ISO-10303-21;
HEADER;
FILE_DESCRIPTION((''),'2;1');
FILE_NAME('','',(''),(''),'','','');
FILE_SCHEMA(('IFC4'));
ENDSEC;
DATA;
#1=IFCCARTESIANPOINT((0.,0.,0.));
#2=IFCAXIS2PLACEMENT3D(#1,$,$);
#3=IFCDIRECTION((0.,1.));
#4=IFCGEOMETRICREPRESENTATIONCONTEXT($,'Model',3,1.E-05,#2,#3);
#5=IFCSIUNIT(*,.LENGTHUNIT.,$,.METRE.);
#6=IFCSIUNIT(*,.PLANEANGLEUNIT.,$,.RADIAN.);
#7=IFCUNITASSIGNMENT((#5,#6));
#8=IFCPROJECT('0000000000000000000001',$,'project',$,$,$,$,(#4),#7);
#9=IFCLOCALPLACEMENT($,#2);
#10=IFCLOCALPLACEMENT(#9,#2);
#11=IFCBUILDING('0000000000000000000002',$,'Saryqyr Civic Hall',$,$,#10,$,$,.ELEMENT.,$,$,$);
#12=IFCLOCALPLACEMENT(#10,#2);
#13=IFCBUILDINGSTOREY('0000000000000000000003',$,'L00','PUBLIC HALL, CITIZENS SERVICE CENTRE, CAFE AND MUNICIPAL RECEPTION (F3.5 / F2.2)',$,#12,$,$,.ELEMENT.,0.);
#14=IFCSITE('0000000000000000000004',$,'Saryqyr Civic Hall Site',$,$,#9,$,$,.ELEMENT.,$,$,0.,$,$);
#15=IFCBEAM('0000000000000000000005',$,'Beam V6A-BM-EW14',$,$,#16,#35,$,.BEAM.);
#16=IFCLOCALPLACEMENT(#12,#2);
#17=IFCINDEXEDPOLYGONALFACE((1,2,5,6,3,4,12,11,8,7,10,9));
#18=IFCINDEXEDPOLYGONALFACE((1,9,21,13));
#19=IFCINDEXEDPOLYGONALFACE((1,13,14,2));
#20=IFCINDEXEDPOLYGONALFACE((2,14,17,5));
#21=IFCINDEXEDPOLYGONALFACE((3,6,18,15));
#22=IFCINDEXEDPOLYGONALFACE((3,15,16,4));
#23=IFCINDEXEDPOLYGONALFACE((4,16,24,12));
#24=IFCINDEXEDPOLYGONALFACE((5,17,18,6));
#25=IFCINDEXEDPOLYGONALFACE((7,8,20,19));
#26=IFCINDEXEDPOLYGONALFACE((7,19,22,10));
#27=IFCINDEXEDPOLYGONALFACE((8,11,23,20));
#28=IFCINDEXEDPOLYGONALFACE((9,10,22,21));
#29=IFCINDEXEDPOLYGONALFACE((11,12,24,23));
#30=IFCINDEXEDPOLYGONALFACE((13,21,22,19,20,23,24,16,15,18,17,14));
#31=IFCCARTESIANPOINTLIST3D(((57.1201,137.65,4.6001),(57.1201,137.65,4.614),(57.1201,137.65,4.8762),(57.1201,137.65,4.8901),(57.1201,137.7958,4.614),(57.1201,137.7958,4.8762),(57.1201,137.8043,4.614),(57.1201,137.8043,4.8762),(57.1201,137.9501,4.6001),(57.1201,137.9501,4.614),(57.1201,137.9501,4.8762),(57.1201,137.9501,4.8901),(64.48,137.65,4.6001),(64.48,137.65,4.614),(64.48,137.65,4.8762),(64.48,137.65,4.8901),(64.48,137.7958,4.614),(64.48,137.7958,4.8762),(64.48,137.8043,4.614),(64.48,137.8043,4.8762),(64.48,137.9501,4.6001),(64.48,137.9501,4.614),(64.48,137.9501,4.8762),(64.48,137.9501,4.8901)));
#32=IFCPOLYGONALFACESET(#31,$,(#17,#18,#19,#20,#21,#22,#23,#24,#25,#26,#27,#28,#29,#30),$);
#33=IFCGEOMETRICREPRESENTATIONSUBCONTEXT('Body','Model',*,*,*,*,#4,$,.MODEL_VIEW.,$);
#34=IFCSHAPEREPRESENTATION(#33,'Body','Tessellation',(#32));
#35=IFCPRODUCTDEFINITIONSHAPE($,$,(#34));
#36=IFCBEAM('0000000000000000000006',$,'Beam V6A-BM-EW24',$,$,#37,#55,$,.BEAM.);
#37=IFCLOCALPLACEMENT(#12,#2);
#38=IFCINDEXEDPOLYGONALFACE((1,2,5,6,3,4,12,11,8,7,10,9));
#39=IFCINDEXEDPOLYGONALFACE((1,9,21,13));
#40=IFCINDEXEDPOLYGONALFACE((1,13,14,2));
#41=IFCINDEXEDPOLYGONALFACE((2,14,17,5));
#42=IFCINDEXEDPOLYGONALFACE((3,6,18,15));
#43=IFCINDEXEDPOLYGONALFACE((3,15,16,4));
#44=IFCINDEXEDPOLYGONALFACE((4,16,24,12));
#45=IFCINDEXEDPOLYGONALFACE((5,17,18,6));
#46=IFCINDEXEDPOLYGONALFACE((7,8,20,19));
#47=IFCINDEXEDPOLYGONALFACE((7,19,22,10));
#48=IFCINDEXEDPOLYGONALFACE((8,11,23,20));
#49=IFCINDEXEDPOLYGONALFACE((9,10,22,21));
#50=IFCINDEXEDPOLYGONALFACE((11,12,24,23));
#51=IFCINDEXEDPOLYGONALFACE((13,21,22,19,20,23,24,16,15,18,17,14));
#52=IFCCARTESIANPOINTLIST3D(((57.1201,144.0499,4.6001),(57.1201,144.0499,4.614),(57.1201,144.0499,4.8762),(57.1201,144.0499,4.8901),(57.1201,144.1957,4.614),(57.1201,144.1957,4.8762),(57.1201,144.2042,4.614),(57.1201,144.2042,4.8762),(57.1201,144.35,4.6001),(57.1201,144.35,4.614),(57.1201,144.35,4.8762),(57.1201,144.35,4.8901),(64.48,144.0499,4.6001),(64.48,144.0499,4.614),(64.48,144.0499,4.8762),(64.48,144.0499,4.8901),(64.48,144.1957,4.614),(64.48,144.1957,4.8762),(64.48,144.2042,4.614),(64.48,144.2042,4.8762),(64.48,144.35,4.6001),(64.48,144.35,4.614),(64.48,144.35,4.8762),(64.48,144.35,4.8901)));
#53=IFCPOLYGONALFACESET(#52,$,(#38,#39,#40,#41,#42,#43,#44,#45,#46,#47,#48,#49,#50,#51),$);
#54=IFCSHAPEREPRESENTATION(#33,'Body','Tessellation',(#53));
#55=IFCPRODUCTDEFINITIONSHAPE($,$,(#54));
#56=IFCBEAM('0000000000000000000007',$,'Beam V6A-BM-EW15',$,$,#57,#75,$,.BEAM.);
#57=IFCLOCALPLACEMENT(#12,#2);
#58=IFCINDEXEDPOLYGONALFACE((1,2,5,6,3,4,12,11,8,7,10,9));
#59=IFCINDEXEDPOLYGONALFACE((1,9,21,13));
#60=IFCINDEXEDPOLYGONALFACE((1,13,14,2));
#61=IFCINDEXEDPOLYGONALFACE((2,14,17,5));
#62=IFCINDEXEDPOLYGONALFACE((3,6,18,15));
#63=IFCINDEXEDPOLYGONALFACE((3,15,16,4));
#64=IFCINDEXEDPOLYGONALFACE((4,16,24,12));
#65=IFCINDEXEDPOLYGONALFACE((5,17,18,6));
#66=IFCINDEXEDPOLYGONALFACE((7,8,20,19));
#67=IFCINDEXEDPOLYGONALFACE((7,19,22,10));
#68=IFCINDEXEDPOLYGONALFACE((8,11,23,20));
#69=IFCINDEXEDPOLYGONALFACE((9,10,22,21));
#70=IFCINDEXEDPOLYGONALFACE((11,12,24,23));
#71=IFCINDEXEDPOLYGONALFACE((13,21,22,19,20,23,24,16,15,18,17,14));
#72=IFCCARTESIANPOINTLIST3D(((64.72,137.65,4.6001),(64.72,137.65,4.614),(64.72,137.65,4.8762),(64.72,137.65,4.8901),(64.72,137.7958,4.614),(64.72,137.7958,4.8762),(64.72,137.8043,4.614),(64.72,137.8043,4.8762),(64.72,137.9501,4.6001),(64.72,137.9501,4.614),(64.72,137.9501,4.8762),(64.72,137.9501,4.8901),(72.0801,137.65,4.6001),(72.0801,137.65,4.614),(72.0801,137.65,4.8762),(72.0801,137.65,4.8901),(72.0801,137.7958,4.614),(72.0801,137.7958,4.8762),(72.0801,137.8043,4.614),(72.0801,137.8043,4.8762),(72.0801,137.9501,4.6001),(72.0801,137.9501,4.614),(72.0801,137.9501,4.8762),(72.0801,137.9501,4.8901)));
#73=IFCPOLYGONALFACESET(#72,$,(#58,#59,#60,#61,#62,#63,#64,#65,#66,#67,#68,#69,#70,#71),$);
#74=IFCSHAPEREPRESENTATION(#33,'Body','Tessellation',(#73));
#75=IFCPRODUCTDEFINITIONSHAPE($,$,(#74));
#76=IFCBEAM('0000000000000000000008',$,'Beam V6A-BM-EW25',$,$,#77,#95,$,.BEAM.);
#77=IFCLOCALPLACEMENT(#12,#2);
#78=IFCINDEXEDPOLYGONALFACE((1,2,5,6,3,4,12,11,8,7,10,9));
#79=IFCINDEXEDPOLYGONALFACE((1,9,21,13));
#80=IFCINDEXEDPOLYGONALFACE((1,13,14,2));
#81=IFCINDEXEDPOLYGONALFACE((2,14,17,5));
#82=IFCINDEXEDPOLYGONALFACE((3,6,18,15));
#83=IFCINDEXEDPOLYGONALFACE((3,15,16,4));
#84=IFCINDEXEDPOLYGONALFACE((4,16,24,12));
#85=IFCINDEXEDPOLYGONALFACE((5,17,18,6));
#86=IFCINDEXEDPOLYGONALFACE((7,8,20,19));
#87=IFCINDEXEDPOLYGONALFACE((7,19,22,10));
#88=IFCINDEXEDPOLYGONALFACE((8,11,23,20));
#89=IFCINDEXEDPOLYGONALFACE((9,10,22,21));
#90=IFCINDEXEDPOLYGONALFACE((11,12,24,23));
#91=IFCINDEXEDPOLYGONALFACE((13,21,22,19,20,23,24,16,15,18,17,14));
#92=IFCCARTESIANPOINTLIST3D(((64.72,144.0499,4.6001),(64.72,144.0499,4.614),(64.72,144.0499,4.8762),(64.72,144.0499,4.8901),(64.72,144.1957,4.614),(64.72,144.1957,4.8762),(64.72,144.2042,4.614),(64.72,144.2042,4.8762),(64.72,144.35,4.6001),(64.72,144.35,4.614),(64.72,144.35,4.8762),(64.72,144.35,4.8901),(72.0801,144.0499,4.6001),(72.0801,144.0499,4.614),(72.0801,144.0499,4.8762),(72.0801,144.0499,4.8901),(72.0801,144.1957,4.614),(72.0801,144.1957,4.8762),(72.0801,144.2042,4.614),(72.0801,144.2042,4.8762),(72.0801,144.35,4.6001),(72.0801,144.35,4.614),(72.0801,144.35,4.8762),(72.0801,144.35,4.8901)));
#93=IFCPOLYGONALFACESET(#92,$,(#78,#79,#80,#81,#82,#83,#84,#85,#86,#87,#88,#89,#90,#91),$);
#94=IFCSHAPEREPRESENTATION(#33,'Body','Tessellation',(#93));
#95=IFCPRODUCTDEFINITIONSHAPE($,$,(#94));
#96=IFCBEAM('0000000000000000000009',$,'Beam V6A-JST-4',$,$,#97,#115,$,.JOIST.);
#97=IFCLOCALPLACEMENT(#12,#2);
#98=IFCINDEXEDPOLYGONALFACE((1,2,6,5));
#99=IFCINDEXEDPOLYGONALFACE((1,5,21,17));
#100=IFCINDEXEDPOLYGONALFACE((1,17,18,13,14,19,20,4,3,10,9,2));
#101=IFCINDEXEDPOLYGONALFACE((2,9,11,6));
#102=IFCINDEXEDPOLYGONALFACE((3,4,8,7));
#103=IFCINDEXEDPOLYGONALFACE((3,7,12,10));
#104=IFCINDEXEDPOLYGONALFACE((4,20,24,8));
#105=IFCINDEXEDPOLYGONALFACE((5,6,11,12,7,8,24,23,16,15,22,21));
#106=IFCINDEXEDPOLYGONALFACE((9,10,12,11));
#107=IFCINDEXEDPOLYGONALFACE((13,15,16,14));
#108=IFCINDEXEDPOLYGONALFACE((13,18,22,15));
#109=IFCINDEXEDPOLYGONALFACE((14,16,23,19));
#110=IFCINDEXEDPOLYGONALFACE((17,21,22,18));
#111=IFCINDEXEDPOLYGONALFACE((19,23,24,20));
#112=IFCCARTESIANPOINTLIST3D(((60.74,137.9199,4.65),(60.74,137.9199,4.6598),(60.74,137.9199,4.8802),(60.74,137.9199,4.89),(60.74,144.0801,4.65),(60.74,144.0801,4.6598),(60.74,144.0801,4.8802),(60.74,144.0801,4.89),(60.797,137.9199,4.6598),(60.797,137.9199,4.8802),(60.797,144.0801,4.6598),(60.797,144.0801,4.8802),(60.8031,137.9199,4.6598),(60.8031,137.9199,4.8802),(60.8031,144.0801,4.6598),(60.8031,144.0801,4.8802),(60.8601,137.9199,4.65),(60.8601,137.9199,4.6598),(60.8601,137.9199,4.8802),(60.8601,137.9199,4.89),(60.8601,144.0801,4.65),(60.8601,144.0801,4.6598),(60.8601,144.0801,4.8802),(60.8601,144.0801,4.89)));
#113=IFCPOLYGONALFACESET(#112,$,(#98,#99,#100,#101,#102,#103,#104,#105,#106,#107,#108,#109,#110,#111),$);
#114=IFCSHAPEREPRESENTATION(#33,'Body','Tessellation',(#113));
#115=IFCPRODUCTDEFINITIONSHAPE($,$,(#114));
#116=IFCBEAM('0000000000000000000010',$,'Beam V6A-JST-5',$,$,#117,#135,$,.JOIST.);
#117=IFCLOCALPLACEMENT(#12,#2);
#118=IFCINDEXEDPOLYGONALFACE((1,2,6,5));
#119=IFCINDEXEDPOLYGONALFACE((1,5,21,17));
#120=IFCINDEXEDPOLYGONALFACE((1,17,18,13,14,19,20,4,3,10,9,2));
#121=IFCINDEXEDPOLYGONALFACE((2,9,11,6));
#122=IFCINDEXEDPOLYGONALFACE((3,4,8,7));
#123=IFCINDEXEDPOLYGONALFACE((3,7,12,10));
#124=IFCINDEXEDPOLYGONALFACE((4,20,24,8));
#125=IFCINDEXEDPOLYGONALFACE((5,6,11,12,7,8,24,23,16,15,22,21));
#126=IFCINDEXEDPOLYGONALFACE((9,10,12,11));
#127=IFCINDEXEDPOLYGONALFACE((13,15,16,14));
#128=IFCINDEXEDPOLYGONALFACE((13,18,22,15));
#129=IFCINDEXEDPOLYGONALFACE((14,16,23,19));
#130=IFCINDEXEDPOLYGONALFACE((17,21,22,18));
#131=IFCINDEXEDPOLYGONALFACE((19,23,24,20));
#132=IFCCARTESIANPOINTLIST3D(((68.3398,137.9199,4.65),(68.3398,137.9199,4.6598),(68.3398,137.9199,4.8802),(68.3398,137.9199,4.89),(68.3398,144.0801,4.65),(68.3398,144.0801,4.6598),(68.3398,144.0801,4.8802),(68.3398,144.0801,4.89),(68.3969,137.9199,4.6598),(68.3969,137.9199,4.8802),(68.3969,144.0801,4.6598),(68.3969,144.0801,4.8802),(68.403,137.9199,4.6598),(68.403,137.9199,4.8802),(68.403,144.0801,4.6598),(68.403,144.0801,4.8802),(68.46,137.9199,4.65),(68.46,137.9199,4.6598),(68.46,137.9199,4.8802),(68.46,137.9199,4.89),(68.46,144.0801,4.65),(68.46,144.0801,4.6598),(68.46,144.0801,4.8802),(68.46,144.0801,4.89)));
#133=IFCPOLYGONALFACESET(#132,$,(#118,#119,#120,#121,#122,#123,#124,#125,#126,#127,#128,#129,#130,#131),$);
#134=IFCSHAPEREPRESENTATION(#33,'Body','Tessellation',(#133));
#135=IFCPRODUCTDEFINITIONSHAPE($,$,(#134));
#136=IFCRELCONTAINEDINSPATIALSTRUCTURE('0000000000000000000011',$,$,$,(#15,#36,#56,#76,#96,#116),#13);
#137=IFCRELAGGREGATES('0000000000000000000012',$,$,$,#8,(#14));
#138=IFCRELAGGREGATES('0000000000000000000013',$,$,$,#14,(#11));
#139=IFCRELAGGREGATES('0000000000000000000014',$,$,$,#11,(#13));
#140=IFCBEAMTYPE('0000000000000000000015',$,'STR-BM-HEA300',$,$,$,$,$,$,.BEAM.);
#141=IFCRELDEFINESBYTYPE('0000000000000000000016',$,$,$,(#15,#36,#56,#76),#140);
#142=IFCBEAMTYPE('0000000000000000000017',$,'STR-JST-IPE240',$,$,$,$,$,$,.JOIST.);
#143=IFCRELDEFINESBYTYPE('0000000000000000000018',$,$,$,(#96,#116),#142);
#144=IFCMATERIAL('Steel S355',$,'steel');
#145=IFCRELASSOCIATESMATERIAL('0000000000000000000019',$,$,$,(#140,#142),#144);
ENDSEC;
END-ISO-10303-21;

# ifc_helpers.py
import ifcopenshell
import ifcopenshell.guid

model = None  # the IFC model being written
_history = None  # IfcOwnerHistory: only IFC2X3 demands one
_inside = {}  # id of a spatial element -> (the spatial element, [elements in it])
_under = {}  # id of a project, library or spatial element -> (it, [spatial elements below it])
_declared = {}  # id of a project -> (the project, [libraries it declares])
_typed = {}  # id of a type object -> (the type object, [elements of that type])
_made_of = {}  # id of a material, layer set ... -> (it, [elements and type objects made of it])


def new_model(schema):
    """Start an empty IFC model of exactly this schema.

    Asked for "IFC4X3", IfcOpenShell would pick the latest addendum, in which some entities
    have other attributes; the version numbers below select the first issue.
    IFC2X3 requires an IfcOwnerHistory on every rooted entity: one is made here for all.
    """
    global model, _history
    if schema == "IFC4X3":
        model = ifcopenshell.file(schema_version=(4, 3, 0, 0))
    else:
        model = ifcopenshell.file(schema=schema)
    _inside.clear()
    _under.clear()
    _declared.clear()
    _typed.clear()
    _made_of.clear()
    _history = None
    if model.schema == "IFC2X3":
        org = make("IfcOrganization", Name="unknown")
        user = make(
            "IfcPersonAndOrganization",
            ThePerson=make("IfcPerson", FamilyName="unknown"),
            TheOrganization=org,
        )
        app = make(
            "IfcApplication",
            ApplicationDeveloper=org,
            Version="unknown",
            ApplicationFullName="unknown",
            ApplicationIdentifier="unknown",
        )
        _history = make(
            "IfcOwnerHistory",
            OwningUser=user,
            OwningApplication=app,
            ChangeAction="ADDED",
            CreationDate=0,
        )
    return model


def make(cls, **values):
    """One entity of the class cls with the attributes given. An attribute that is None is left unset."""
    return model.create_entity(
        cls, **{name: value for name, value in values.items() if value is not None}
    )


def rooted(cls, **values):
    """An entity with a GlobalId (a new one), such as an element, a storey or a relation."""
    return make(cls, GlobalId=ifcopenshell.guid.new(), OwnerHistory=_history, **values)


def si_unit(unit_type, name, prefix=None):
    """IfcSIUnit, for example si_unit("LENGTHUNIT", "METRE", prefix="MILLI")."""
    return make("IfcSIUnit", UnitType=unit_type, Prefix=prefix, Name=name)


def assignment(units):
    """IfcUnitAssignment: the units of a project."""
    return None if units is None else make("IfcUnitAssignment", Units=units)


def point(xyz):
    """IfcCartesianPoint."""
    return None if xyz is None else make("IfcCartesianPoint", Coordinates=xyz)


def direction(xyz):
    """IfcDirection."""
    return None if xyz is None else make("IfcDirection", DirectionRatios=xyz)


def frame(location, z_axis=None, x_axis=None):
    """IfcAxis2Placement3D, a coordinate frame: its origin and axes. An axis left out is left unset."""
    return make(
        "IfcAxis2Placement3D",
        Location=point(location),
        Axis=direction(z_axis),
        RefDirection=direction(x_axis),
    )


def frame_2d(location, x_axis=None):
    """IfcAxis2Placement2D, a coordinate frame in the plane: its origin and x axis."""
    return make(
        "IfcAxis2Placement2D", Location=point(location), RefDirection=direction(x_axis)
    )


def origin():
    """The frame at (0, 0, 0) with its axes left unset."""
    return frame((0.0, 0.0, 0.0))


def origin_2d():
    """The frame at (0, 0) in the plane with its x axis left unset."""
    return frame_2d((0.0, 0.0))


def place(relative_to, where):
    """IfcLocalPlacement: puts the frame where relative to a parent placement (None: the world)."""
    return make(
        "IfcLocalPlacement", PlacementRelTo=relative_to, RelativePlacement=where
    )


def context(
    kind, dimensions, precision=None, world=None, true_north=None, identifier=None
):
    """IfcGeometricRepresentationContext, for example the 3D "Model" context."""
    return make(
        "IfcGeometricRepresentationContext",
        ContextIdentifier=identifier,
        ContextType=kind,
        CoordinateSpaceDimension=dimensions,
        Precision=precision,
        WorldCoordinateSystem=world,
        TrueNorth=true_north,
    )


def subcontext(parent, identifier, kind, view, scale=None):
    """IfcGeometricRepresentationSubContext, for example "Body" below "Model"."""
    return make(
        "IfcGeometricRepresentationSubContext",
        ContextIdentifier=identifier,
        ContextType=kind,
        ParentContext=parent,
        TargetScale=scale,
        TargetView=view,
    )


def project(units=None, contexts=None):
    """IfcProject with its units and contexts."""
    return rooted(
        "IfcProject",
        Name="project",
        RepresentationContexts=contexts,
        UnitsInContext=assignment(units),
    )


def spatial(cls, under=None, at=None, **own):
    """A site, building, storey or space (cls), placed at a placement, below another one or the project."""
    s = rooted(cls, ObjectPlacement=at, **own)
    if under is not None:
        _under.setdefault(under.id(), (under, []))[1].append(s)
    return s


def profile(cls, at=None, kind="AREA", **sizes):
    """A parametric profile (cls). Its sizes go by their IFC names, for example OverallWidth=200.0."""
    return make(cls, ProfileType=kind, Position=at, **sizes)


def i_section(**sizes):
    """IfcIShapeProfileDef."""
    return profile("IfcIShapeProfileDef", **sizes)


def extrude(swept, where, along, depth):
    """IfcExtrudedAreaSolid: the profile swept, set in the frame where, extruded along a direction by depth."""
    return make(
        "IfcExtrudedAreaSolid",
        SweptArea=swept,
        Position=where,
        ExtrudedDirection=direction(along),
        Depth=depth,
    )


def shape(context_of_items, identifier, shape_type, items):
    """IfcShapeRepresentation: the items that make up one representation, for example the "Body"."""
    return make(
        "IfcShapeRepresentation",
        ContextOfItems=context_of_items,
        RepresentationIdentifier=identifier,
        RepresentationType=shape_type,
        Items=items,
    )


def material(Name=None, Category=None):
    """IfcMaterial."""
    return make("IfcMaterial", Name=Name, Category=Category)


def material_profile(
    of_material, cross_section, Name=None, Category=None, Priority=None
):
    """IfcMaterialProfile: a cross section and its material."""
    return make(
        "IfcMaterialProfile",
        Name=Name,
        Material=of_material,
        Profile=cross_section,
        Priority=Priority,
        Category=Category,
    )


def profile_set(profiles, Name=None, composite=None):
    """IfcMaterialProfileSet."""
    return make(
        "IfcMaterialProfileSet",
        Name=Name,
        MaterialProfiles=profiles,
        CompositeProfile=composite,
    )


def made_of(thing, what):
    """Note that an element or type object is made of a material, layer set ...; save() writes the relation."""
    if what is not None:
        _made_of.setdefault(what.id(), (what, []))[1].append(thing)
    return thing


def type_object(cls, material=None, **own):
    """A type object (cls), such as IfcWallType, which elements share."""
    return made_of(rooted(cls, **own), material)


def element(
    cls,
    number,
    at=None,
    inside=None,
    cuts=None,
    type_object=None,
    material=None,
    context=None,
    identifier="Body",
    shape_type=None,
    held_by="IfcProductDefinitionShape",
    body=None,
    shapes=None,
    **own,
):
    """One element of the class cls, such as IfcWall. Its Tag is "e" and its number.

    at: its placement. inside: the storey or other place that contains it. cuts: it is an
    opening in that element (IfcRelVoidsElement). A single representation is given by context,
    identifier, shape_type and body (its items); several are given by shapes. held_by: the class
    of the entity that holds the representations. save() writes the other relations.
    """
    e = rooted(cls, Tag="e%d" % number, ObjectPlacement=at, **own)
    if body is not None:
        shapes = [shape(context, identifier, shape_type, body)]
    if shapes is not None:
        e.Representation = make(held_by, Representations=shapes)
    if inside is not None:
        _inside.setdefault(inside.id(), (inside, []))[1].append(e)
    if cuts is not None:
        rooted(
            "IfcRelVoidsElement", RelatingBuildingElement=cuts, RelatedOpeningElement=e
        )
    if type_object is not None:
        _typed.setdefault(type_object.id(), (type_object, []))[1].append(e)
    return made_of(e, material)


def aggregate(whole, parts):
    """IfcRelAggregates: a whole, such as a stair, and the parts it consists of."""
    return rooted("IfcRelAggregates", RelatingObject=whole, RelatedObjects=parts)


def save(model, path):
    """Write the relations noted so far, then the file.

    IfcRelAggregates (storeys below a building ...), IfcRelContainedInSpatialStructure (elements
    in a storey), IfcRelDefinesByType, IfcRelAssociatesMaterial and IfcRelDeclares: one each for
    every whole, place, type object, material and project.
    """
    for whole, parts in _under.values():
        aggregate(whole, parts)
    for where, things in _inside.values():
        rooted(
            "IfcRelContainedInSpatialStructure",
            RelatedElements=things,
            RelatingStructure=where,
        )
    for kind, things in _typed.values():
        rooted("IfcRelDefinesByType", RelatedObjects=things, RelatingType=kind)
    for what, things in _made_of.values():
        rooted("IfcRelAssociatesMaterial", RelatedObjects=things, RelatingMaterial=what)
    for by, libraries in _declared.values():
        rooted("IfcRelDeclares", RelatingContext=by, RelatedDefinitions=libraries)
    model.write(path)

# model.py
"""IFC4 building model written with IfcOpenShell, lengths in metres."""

from ifc_helpers import new_model, si_unit, direction, frame, origin, origin_2d, place, context, subcontext, project, spatial, i_section, extrude, material, material_profile, profile_set, type_object, element, save


model = new_model("IFC4")

# Units and contexts
model_context = context("Model", 3, precision=1e-05, world=origin(), true_north=direction((0.0, 1.0)))
body_context = subcontext(model_context, "Body", "Model", "MODEL_VIEW")
ifc_project = project(units=[si_unit("LENGTHUNIT", "METRE"), si_unit("PLANEANGLEUNIT", "RADIAN")], contexts=[model_context])

# Site, building, storey
site_placement = place(None, origin())
site = spatial("IfcSite", under=ifc_project, at=site_placement, Name="Saryqyr Civic Hall Site", CompositionType="ELEMENT", RefElevation=0.0)
building_placement = place(site_placement, origin())
building = spatial("IfcBuilding", under=site, at=building_placement, Name="Saryqyr Civic Hall", CompositionType="ELEMENT")
storey_placement = place(building_placement, origin())
storey = spatial("IfcBuildingStorey", under=building, at=storey_placement, Name="L00", Description="PUBLIC HALL, CITIZENS SERVICE CENTRE, CAFE AND MUNICIPAL RECEPTION (F3.5 / F2.2)", CompositionType="ELEMENT", Elevation=0.0)

# Shared definitions
ifc_material_1 = material(Name="Steel S355", Category="steel")

# Beams
ifc_material_profile_1 = material_profile(ifc_material_1, i_section(OverallWidth=0.3, OverallDepth=0.29, WebThickness=0.0085, FlangeThickness=0.0139, at=origin_2d()), Name="HEA 300")
ifc_profile_set_1 = profile_set([ifc_material_profile_1], Name="Steel S355")
beam_type_1 = type_object("IfcBeamType", Name="STR-BM-HEA300", PredefinedType="BEAM", material=ifc_profile_set_1)
for number, where, z_axis, x_axis, name in (
    (1, (57.1201, 137.8, 4.7451), (1.0, 0.0, 0.0), (0.0, 1.0, 0.0), "Beam V6A-BM-EW14"),
    (2, (57.1201, 144.2, 4.7451), (1.0, 0.0, 0.0), (0.0, 1.0, 0.0), "Beam V6A-BM-EW24"),
):
    element("IfcBeam", number, at=place(storey_placement, frame(where, z_axis=z_axis, x_axis=x_axis)), inside=storey, type_object=beam_type_1, Name=name, PredefinedType="BEAM", context=body_context, shape_type="SweptSolid", body=[
        extrude(i_section(OverallWidth=0.3, OverallDepth=0.29, WebThickness=0.0085, FlangeThickness=0.0139, at=origin_2d()), origin(), (0.0, 0.0, 1.0), 7.3599),
    ])
for number, where, z_axis, x_axis, name in (
    (3, (64.72, 137.8, 4.7451), (1.0, 0.0, 0.0), (0.0, 1.0, 0.0), "Beam V6A-BM-EW15"),
    (4, (64.72, 144.2, 4.7451), (1.0, 0.0, 0.0), (0.0, 1.0, 0.0), "Beam V6A-BM-EW25"),
):
    element("IfcBeam", number, at=place(storey_placement, frame(where, z_axis=z_axis, x_axis=x_axis)), inside=storey, type_object=beam_type_1, Name=name, PredefinedType="BEAM", context=body_context, shape_type="SweptSolid", body=[
        extrude(i_section(OverallWidth=0.3, OverallDepth=0.29, WebThickness=0.0085, FlangeThickness=0.0139, at=origin_2d()), origin(), (0.0, 0.0, 1.0), 7.3601),
    ])
ifc_material_profile_2 = material_profile(ifc_material_1, i_section(OverallWidth=0.1201, OverallDepth=0.24, WebThickness=0.0061, FlangeThickness=0.0098, at=origin_2d()), Name="IPE 240")
ifc_profile_set_2 = profile_set([ifc_material_profile_2], Name="Steel S355")
beam_type_2 = type_object("IfcBeamType", Name="STR-JST-IPE240", PredefinedType="JOIST", material=ifc_profile_set_2)
for number, where, z_axis, x_axis, name in (
    (5, (60.8, 137.9199, 4.77), (0.0, 1.0, 0.0), (-1.0, 0.0, 0.0), "Beam V6A-JST-4"),
    (6, (68.3999, 137.9199, 4.77), (0.0, 1.0, 0.0), (-1.0, 0.0, 0.0), "Beam V6A-JST-5"),
):
    element("IfcBeam", number, at=place(storey_placement, frame(where, z_axis=z_axis, x_axis=x_axis)), inside=storey, type_object=beam_type_2, Name=name, PredefinedType="JOIST", context=body_context, shape_type="SweptSolid", body=[
        extrude(i_section(OverallWidth=0.1201, OverallDepth=0.24, WebThickness=0.0061, FlangeThickness=0.0098, at=origin_2d()), origin(), (0.0, 0.0, 1.0), 6.1602),
    ])

save(model, "model.ifc")
